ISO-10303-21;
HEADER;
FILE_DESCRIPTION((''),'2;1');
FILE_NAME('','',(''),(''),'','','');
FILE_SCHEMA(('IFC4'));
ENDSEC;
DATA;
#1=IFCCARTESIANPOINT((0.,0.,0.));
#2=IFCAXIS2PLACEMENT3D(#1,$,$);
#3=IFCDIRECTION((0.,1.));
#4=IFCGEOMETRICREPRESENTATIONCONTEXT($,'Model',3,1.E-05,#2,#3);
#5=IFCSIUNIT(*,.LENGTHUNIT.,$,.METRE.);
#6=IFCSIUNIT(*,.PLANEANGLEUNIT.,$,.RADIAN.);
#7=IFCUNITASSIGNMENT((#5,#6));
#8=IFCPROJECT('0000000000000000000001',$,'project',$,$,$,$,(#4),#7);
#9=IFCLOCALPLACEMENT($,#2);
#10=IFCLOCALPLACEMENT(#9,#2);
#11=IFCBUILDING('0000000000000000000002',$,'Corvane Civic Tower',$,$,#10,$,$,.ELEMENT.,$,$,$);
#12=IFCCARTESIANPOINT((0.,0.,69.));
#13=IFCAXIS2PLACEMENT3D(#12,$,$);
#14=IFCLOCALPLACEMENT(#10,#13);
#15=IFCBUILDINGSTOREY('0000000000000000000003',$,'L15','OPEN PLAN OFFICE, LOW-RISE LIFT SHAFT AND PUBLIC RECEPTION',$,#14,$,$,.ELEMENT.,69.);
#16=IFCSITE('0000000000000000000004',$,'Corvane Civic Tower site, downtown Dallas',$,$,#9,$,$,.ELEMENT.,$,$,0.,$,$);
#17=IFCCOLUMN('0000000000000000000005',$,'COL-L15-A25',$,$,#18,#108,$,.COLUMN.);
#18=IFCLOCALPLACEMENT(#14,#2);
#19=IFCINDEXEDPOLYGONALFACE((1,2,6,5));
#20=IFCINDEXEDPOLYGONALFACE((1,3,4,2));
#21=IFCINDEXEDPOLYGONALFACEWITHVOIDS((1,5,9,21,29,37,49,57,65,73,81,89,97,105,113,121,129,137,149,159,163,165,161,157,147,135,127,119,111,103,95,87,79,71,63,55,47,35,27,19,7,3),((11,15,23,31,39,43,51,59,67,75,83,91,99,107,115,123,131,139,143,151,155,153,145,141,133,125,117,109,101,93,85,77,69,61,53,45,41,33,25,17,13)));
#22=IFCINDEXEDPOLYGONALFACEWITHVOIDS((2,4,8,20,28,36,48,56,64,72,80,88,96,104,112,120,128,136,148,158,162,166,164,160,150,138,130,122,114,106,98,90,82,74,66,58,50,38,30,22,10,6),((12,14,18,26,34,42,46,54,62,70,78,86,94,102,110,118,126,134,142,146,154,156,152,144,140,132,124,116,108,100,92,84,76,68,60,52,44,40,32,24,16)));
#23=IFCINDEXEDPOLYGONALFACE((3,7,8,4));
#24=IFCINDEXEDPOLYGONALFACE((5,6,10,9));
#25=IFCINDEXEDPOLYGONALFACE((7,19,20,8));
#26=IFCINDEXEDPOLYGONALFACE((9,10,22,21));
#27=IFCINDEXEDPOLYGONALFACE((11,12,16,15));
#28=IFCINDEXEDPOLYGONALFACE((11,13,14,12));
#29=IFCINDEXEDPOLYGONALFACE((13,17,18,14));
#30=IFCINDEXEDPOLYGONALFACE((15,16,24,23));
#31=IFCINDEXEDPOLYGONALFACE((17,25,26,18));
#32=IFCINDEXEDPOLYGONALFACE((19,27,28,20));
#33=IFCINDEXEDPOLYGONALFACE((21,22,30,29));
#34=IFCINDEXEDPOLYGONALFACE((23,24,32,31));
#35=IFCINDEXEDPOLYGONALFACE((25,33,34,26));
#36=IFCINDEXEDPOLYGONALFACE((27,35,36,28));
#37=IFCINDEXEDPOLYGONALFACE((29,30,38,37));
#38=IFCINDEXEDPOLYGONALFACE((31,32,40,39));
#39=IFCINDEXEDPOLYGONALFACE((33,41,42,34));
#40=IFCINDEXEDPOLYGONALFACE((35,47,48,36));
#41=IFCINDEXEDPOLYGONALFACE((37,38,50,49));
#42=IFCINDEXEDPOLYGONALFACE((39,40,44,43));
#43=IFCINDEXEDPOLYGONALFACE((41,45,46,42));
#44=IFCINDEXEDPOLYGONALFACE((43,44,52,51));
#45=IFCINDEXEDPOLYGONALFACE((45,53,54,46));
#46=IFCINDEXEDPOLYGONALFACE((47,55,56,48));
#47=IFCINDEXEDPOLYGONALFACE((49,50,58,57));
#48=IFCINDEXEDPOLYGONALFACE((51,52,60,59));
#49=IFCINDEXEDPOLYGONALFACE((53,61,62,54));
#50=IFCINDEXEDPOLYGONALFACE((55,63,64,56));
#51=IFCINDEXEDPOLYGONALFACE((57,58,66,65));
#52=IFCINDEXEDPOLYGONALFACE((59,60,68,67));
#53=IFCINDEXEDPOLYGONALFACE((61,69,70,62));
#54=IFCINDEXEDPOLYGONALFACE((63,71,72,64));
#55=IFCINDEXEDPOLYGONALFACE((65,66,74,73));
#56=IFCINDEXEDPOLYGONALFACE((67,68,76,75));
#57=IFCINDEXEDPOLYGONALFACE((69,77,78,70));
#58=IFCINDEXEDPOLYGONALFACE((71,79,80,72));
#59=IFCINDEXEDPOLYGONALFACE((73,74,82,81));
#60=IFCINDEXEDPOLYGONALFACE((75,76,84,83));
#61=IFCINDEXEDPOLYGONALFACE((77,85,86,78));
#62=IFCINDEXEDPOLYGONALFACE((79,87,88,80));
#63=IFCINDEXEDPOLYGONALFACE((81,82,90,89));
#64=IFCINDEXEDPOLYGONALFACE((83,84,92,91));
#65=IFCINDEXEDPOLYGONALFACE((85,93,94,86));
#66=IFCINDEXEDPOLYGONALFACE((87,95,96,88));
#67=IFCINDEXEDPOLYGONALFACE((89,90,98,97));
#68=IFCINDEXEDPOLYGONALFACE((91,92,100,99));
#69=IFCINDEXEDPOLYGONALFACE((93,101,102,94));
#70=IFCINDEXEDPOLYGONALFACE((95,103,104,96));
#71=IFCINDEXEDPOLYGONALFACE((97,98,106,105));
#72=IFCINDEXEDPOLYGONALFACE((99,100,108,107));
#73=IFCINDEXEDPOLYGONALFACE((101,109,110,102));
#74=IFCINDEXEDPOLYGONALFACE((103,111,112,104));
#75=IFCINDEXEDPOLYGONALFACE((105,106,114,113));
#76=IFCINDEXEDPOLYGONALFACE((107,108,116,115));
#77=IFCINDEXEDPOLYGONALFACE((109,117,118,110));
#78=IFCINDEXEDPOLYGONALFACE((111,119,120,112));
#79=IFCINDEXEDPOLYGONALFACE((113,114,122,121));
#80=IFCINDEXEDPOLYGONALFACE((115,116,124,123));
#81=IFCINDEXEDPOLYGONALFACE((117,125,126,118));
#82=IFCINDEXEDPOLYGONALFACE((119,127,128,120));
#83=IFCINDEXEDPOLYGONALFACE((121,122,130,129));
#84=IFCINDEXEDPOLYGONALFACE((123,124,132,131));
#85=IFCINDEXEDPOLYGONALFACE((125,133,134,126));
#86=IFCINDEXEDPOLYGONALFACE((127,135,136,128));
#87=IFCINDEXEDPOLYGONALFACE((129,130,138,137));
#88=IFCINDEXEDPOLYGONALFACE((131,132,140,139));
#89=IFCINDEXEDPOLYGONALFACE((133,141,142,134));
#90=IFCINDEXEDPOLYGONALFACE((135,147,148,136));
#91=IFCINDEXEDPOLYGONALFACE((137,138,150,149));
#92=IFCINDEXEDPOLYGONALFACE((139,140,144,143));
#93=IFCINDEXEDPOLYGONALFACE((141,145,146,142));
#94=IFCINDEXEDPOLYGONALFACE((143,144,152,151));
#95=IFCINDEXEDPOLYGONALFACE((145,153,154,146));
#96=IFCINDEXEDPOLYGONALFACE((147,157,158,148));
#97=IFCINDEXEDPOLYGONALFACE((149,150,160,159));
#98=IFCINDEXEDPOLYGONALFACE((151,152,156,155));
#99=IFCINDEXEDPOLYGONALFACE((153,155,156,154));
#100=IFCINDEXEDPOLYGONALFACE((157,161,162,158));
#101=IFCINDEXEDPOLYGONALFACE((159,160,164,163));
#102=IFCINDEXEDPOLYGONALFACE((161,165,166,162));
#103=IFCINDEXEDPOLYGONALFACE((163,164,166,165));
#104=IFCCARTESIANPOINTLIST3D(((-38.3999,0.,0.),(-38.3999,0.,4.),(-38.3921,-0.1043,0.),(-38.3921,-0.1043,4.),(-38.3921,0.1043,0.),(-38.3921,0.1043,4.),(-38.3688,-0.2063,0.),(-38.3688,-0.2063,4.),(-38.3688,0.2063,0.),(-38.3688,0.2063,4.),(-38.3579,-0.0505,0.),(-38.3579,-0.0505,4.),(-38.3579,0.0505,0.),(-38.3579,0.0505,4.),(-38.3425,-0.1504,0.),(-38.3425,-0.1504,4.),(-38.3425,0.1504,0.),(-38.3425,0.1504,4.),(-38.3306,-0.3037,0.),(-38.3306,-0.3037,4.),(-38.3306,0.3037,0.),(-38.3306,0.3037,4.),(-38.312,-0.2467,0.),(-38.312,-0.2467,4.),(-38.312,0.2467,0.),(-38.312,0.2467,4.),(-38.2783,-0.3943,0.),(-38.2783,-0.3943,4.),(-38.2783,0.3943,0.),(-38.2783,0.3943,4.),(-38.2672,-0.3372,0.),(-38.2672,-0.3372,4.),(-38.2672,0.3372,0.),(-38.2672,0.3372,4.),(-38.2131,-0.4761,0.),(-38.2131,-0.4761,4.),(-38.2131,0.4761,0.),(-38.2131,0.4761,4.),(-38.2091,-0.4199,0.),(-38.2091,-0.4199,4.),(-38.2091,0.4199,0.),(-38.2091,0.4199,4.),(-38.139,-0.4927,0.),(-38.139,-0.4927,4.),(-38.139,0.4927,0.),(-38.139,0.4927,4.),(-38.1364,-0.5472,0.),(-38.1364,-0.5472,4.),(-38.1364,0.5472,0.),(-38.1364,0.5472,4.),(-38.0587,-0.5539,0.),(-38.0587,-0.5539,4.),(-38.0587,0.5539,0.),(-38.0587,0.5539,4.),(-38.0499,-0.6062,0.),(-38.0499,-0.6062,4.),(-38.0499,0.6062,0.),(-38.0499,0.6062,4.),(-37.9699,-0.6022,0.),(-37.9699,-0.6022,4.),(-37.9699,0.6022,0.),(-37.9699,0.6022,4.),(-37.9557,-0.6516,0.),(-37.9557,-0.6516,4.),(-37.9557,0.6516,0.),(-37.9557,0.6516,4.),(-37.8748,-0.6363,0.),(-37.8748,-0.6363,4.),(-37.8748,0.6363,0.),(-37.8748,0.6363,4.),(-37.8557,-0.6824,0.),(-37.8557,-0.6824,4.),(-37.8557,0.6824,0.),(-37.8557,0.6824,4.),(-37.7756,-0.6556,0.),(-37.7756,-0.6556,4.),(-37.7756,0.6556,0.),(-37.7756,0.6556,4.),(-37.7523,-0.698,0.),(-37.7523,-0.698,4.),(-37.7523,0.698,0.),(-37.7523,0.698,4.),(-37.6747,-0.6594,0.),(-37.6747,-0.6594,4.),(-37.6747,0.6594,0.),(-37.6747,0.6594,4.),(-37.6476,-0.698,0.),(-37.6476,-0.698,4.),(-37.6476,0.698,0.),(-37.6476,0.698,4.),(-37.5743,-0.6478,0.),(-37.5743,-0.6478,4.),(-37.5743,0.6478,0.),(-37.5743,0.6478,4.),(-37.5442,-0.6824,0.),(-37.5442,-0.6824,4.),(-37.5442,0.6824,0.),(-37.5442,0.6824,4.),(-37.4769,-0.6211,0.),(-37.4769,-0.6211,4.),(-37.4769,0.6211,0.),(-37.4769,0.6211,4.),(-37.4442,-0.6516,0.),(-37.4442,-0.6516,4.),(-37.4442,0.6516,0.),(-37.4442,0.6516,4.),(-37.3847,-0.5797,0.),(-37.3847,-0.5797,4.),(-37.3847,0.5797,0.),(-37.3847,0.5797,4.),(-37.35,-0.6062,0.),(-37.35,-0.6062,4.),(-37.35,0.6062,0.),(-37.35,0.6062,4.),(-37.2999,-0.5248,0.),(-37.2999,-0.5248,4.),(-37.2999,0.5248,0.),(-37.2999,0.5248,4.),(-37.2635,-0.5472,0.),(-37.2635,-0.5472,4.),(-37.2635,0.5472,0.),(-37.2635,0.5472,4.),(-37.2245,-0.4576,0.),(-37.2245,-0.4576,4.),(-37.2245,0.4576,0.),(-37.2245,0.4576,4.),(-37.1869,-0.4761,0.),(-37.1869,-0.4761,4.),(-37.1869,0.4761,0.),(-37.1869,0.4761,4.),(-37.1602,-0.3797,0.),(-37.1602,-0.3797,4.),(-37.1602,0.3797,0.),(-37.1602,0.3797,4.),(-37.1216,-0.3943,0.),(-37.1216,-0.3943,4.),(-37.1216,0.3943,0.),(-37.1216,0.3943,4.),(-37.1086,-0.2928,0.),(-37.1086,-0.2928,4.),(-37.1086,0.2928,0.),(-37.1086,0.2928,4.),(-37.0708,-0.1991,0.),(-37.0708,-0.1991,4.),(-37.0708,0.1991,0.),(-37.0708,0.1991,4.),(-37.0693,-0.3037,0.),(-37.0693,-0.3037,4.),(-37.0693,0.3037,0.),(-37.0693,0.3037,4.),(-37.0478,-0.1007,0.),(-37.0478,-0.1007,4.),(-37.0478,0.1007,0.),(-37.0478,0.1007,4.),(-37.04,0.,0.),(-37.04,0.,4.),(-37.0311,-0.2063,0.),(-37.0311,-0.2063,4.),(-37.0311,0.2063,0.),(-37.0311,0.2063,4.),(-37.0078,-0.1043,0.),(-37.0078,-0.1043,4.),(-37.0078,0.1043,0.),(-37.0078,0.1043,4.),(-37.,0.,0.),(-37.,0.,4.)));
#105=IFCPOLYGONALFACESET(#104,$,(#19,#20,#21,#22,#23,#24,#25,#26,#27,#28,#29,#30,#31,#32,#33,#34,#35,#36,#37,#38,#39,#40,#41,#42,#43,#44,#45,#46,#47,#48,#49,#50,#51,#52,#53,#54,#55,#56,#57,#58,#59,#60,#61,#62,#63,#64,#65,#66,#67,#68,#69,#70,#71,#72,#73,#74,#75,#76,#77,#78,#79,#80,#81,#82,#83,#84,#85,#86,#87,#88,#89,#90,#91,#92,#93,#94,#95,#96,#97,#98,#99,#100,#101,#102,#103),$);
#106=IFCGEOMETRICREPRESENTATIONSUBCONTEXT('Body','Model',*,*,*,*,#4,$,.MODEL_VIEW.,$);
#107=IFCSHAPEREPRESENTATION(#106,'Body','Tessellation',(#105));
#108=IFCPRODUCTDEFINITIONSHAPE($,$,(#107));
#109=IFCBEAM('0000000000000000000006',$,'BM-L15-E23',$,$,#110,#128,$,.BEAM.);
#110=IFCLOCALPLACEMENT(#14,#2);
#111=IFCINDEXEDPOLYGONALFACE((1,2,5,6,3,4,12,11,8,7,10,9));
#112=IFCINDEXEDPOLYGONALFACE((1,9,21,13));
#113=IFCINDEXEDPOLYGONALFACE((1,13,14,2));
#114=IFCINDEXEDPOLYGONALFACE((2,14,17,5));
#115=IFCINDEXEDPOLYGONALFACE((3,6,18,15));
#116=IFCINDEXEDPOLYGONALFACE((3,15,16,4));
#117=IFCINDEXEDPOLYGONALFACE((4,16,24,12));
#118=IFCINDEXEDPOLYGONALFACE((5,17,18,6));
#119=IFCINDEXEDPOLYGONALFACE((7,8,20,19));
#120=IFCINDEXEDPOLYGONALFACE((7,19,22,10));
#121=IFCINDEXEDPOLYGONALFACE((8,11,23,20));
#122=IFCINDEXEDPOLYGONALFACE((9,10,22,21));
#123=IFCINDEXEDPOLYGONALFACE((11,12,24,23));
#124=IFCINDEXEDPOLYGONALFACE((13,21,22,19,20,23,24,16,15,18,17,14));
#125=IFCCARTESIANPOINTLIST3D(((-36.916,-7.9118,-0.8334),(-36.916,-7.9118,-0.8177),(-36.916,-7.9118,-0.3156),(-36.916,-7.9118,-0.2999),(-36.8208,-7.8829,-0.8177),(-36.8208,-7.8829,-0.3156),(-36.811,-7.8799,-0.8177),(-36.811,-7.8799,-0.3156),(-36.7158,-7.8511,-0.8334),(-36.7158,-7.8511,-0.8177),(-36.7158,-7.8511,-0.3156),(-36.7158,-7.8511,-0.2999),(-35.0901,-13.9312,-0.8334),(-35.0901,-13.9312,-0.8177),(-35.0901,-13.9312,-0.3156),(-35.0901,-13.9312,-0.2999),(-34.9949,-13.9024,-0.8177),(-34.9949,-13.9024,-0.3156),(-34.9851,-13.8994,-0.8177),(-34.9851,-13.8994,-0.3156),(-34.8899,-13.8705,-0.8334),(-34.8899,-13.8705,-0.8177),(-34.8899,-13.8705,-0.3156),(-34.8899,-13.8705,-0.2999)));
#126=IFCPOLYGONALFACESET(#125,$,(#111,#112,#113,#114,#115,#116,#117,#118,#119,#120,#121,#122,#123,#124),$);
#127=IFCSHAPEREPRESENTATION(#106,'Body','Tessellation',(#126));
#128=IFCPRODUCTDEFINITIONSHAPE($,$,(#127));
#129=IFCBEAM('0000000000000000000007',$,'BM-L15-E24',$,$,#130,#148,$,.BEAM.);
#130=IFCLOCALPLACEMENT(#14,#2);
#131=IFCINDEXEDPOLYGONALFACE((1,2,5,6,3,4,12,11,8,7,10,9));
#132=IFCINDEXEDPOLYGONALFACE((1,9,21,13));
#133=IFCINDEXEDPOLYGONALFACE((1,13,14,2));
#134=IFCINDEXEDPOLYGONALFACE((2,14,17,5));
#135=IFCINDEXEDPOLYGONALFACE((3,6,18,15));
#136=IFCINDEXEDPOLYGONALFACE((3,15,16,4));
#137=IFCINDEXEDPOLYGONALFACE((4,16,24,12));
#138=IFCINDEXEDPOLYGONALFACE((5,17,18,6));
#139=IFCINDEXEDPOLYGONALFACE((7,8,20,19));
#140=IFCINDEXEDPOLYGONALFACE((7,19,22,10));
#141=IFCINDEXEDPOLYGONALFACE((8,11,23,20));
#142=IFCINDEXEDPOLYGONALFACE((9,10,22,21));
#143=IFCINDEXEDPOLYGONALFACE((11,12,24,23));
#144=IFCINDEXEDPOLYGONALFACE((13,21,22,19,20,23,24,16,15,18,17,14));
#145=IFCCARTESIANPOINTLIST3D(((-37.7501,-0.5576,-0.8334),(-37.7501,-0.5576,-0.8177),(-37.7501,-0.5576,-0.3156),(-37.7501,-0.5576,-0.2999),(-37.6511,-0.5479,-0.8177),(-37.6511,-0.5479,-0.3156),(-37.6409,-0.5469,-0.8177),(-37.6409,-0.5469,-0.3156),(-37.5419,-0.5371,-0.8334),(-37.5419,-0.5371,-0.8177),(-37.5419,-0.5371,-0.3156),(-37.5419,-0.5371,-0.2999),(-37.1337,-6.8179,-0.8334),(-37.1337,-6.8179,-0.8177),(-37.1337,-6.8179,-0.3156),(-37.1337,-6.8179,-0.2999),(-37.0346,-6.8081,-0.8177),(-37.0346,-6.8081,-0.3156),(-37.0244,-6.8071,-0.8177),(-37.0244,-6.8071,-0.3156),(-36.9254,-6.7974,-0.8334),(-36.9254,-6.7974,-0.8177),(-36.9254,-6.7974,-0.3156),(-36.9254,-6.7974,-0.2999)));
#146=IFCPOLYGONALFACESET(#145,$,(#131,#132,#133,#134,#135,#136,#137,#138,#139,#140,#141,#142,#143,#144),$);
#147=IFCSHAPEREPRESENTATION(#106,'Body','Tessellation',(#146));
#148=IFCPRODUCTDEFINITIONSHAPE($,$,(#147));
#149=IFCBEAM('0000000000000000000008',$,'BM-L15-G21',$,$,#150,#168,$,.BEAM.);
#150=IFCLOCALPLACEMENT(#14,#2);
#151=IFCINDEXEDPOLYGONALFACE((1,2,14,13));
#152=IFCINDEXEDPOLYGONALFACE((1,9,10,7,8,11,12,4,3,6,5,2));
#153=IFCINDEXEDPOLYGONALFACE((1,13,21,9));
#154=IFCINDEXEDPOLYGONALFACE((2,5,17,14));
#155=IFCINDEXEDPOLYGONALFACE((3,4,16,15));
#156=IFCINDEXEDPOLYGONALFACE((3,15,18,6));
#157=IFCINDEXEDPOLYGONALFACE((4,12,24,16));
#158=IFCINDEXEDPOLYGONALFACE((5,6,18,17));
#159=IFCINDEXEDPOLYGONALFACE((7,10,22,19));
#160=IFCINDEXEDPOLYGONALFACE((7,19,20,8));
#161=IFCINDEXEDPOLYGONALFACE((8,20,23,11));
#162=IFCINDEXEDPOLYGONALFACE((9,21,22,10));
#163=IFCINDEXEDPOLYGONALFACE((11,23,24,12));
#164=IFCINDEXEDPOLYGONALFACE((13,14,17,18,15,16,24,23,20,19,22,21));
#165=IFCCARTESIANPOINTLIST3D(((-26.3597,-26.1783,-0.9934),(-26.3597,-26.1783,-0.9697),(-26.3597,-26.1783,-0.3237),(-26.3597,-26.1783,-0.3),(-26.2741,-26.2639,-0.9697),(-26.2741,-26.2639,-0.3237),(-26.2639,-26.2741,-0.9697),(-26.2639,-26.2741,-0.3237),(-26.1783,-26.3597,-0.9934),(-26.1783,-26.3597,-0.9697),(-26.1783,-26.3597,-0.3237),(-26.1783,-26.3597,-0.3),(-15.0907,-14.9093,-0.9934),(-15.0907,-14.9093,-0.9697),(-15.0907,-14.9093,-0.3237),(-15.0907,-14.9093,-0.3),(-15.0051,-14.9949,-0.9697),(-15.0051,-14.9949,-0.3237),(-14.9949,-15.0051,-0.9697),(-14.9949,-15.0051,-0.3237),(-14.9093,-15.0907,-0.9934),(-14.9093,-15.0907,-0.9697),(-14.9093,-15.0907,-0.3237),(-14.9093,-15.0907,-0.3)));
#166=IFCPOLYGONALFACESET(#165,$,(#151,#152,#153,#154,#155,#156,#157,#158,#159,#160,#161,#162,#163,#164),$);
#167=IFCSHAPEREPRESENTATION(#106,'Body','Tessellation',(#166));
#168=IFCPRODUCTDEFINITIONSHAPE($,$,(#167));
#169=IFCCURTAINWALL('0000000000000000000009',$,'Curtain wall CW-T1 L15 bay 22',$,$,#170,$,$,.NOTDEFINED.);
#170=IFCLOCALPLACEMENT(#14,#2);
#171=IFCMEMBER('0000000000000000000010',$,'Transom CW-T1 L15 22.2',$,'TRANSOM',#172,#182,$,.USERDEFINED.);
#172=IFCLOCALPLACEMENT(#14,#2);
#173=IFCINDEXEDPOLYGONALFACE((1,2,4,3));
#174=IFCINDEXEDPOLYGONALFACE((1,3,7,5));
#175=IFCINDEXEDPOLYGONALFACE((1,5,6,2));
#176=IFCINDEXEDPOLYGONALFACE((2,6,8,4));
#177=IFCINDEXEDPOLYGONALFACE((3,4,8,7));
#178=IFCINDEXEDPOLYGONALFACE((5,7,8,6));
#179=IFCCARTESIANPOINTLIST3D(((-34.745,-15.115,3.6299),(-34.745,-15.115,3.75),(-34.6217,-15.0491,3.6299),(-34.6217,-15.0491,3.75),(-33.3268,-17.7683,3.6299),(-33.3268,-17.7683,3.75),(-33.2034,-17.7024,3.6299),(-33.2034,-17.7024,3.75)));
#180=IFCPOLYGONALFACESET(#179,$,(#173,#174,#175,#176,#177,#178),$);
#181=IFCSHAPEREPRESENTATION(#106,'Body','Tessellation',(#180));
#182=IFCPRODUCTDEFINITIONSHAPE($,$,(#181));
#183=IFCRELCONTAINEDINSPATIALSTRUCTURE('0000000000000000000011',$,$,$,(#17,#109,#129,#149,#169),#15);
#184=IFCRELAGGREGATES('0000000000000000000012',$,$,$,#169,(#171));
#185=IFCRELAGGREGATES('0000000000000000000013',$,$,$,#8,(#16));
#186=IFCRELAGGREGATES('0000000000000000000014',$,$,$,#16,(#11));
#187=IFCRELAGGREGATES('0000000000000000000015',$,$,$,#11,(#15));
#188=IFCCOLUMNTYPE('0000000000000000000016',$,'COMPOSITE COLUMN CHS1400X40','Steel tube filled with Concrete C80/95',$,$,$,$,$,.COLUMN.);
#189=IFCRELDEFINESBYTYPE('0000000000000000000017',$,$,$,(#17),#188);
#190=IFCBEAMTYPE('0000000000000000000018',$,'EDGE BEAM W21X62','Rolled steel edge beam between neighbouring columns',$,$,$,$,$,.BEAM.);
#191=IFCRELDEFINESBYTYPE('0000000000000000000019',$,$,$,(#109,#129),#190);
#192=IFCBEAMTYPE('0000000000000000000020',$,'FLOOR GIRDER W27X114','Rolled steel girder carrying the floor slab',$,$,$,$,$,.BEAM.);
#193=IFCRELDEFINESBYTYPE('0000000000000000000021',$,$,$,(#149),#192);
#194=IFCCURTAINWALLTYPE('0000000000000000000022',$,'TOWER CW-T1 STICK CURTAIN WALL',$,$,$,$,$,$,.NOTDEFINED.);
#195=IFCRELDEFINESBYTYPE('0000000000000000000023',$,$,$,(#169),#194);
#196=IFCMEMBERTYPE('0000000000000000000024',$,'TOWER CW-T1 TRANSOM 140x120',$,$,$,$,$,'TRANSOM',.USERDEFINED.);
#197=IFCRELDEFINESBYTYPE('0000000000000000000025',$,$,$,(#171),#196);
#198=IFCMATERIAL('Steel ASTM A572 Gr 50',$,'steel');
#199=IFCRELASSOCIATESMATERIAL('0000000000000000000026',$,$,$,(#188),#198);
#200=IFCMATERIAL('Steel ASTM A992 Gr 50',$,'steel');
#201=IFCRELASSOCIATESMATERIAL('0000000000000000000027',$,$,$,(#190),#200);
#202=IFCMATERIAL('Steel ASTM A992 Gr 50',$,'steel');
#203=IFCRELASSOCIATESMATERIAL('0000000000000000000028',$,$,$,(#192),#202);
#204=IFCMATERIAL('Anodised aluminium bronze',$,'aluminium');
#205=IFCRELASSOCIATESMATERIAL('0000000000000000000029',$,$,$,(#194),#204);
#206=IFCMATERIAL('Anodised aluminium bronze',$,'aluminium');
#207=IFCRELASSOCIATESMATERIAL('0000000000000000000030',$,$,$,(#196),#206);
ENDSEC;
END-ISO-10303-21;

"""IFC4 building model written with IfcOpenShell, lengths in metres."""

from ifc_helpers import new_model, si_unit, direction, frame, origin, origin_2d, place, context, subcontext, project, spatial, rectangle, hollow_circle, i_section, extrude, material, material_profile, profile_set, type_object, element, aggregate, save


model = new_model("IFC4")

# Units and contexts
model_context = context("Model", 3, precision=1e-05, world=origin(), true_north=direction((0.0, 1.0)))
body_context = subcontext(model_context, "Body", "Model", "MODEL_VIEW")
ifc_project = project(units=[si_unit("LENGTHUNIT", "METRE"), si_unit("PLANEANGLEUNIT", "RADIAN")], contexts=[model_context])

# Site, building, storey
site_placement = place(None, origin())
site = spatial("IfcSite", under=ifc_project, at=site_placement, Name="Corvane Civic Tower site, downtown Dallas", CompositionType="ELEMENT", RefElevation=0.0)
building_placement = place(site_placement, origin())
building = spatial("IfcBuilding", under=site, at=building_placement, Name="Corvane Civic Tower", CompositionType="ELEMENT")
storey_placement = place(building_placement, frame((0.0, 0.0, 69.0)))
storey = spatial("IfcBuildingStorey", under=building, at=storey_placement, Name="L15", Description="OPEN PLAN OFFICE, LOW-RISE LIFT SHAFT AND PUBLIC RECEPTION", CompositionType="ELEMENT", Elevation=69.0)

# Column
ifc_material_1 = material(Name="Steel ASTM A572 Gr 50", Category="steel")
ifc_material_profile_1 = material_profile(ifc_material_1, hollow_circle(Radius=0.7, WallThickness=0.04, at=origin_2d()), Name="CHS1400X40")
ifc_profile_set_1 = profile_set([ifc_material_profile_1], Name="Steel ASTM A572 Gr 50")
column_type = type_object("IfcColumnType", Name="COMPOSITE COLUMN CHS1400X40", Description="Steel tube filled with Concrete C80/95", PredefinedType="COLUMN", material=ifc_profile_set_1)
for number, where, z_axis, x_axis, name in (
    (1, (-37.7, 0.0, 0.0), (0.0, 0.0, 1.0), (1.0, 0.0, 0.0), "COL-L15-A25"),
):
    element("IfcColumn", number, at=place(storey_placement, frame(where, z_axis=z_axis, x_axis=x_axis)), inside=storey, type_object=column_type, Name=name, PredefinedType="COLUMN", context=body_context, shape_type="SweptSolid", body=[
        extrude(hollow_circle(Radius=0.7, WallThickness=0.04, at=origin_2d()), origin(), (0.0, 0.0, 1.0), 4.0),
    ])

# Beams
ifc_material_2 = material(Name="Steel ASTM A992 Gr 50", Category="steel")
ifc_material_profile_2 = material_profile(ifc_material_2, i_section(OverallWidth=0.2092, OverallDepth=0.5334, WebThickness=0.0103, FlangeThickness=0.0156, at=origin_2d()), Name="W21X62")
ifc_profile_set_2 = profile_set([ifc_material_profile_2], Name="Steel ASTM A992 Gr 50")
beam_type_1 = type_object("IfcBeamType", Name="EDGE BEAM W21X62", Description="Rolled steel edge beam between neighbouring columns", PredefinedType="BEAM", material=ifc_profile_set_2)
beam_1_placement = place(storey_placement, frame((-34.99, -13.9009, -0.5667), z_axis=(-0.290273, 0.956944, 0.0), x_axis=(-0.956944, -0.290273, 0.0)))
element("IfcBeam", 2, at=beam_1_placement, inside=storey, type_object=beam_type_1, Name="BM-L15-E23", PredefinedType="BEAM", context=body_context, shape_type="SweptSolid", body=[
    extrude(i_section(OverallWidth=0.2092, OverallDepth=0.5334, WebThickness=0.0103, FlangeThickness=0.0156, at=origin_2d()), origin(), (0.0, 0.0, 1.0), 6.2903),
])
beam_2_placement = place(storey_placement, frame((-37.0295, -6.8076, -0.5667), z_axis=(-0.097997, 0.995187, 0.0), x_axis=(-0.995187, -0.097997, 0.0)))
element("IfcBeam", 3, at=beam_2_placement, inside=storey, type_object=beam_type_1, Name="BM-L15-E24", PredefinedType="BEAM", context=body_context, shape_type="SweptSolid", body=[
    extrude(i_section(OverallWidth=0.2092, OverallDepth=0.5334, WebThickness=0.0103, FlangeThickness=0.0156, at=origin_2d()), origin(), (0.0, 0.0, 1.0), 6.2905),
])
ifc_material_3 = material(Name="Steel ASTM A992 Gr 50", Category="steel")
ifc_material_profile_3 = material_profile(ifc_material_3, i_section(OverallWidth=0.2566, OverallDepth=0.6934, WebThickness=0.0144, FlangeThickness=0.0237, at=origin_2d()), Name="W27X114")
ifc_profile_set_3 = profile_set([ifc_material_profile_3], Name="Steel ASTM A992 Gr 50")
beam_type_2 = type_object("IfcBeamType", Name="FLOOR GIRDER W27X114", Description="Rolled steel girder carrying the floor slab", PredefinedType="BEAM", material=ifc_profile_set_3)
beam_3_placement = place(storey_placement, frame((-15.0, -15.0, -0.6467), z_axis=(-0.707107, -0.707107, 0.0), x_axis=(0.707107, -0.707107, 0.0)))
element("IfcBeam", 4, at=beam_3_placement, inside=storey, type_object=beam_type_2, Name="BM-L15-G21", PredefinedType="BEAM", context=body_context, shape_type="SweptSolid", body=[
    extrude(i_section(OverallWidth=0.2566, OverallDepth=0.6934, WebThickness=0.0144, FlangeThickness=0.0237, at=origin_2d()), origin(), (0.0, 0.0, 1.0), 15.9368),
])

# Curtain wall, member
ifc_material_4 = material(Name="Anodised aluminium bronze", Category="aluminium")
curtain_wall_type = type_object("IfcCurtainWallType", Name="TOWER CW-T1 STICK CURTAIN WALL", PredefinedType="NOTDEFINED", material=ifc_material_4)
curtain_wall_1_placement = place(storey_placement, origin())
curtain_wall_1 = element("IfcCurtainWall", 5, at=curtain_wall_1_placement, inside=storey, type_object=curtain_wall_type, Name="Curtain wall CW-T1 L15 bay 22", PredefinedType="NOTDEFINED")
ifc_material_5 = material(Name="Anodised aluminium bronze", Category="aluminium")
ifc_material_profile_4 = material_profile(ifc_material_5, rectangle(XDim=0.1399, YDim=0.1201, at=origin_2d()), Name="TOWER CW-T1 TRANSOM 140x120")
ifc_profile_set_4 = profile_set([ifc_material_profile_4], Name="Anodised aluminium bronze")
member_type_1 = type_object("IfcMemberType", Name="TOWER CW-T1 TRANSOM 140x120", ElementType="TRANSOM", PredefinedType="USERDEFINED", material=ifc_profile_set_4)
member_1_placement = place(storey_placement, frame((-33.2651, -17.7354, 3.6899), z_axis=(-0.471393, 0.881924, 0.0), x_axis=(-0.881924, -0.471393, 0.0)))
member_1 = element("IfcMember", 6, at=member_1_placement, type_object=member_type_1, Name="Transom CW-T1 L15 22.2", ObjectType="TRANSOM", PredefinedType="USERDEFINED", context=body_context, shape_type="SweptSolid", body=[
    extrude(rectangle(XDim=0.1399, YDim=0.1201, at=origin_2d()), origin(), (0.0, 0.0, 1.0), 3.0085),
])

aggregate(curtain_wall_1, [member_1])

save(model, "model.ifc")
